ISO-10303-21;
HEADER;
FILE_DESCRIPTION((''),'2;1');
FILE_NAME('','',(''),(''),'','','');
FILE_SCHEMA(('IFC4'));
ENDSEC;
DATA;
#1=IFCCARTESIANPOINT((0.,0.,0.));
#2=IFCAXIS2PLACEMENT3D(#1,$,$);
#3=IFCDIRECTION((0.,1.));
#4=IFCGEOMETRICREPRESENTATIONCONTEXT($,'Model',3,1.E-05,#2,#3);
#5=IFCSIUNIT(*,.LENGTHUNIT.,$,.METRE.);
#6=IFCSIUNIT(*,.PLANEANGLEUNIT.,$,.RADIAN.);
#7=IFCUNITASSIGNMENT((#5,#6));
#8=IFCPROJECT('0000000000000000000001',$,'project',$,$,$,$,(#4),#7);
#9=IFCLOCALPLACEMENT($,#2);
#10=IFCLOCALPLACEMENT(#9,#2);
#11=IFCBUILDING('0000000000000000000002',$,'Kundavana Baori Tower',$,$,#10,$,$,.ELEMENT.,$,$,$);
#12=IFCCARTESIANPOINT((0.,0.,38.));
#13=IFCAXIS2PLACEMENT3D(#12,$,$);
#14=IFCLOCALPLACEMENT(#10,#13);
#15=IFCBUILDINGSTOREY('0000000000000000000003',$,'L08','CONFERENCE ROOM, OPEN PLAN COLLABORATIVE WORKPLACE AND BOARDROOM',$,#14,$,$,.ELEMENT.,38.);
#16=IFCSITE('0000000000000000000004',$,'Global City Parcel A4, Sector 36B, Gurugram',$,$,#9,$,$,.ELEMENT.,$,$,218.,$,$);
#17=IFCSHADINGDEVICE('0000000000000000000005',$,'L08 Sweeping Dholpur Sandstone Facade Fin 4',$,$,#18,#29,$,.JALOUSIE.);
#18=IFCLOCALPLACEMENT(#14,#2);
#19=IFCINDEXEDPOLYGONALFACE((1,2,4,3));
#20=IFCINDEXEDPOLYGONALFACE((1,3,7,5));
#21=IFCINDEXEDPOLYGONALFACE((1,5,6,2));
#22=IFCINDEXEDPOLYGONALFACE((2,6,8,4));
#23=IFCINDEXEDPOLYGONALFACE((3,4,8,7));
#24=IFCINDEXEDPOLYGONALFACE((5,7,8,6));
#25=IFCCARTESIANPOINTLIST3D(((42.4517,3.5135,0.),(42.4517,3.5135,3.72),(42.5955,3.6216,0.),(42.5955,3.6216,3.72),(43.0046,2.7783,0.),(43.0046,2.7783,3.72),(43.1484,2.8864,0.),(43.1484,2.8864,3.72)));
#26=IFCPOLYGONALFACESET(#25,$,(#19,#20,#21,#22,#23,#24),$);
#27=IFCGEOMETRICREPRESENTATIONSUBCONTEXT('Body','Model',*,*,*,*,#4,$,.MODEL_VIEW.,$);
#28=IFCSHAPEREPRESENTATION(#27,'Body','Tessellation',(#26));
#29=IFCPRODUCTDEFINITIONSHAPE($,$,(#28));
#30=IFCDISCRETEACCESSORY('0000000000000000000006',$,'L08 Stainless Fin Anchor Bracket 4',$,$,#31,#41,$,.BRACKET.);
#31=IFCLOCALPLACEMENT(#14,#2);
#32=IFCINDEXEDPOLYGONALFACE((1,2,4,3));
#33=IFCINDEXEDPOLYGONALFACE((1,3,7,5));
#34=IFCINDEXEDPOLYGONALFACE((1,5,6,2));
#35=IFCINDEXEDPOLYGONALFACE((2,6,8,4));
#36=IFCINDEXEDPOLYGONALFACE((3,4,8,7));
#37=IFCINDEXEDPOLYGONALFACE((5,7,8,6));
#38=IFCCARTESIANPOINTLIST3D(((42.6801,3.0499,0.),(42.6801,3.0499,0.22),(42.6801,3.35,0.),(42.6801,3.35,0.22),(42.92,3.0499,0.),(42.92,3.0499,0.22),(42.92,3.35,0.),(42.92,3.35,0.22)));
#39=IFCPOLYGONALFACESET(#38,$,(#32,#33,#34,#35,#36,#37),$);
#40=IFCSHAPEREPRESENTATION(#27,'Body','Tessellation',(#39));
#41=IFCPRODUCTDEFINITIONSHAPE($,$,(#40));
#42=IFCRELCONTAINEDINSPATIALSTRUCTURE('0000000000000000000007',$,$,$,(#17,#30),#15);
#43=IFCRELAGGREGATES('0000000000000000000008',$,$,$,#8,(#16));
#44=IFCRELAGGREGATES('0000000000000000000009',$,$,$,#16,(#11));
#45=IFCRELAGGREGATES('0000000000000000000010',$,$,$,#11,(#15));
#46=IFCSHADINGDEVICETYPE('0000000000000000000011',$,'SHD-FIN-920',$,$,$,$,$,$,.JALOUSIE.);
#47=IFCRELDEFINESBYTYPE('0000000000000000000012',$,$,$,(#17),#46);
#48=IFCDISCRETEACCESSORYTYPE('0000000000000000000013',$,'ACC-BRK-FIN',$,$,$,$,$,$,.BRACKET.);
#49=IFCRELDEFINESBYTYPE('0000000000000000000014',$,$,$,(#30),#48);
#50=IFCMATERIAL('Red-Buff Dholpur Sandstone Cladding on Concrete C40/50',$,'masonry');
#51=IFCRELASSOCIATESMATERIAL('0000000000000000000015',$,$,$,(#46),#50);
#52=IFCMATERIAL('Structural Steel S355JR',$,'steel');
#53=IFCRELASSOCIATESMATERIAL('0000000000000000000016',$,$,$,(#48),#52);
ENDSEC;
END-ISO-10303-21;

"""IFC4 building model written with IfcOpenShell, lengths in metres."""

from ifc_helpers import new_model, si_unit, direction, frame, origin, origin_2d, place, context, subcontext, project, spatial, rectangle, extrude, material, type_object, element, save


model = new_model("IFC4")

# Units and contexts
model_context = context("Model", 3, precision=1e-05, world=origin(), true_north=direction((0.0, 1.0)))
body_context = subcontext(model_context, "Body", "Model", "MODEL_VIEW")
ifc_project = project(units=[si_unit("LENGTHUNIT", "METRE"), si_unit("PLANEANGLEUNIT", "RADIAN")], contexts=[model_context])

# Site, building, storey
site_placement = place(None, origin())
site = spatial("IfcSite", under=ifc_project, at=site_placement, Name="Global City Parcel A4, Sector 36B, Gurugram", CompositionType="ELEMENT", RefElevation=218.0)
building_placement = place(site_placement, origin())
building = spatial("IfcBuilding", under=site, at=building_placement, Name="Kundavana Baori Tower", CompositionType="ELEMENT")
storey_placement = place(building_placement, frame((0.0, 0.0, 38.0)))
storey = spatial("IfcBuildingStorey", under=building, at=storey_placement, Name="L08", Description="CONFERENCE ROOM, OPEN PLAN COLLABORATIVE WORKPLACE AND BOARDROOM", CompositionType="ELEMENT", Elevation=38.0)

# Shading device
ifc_material_1 = material(Name="Red-Buff Dholpur Sandstone Cladding on Concrete C40/50", Category="masonry")
shading_device_type = type_object("IfcShadingDeviceType", Name="SHD-FIN-920", PredefinedType="JALOUSIE", material=ifc_material_1)
shading_device_placement = place(storey_placement, frame((42.8, 3.2, 0.0), z_axis=(0.0, 0.0, 1.0), x_axis=(0.799265, 0.600978, 0.0)))
element("IfcShadingDevice", 1, at=shading_device_placement, inside=storey, type_object=shading_device_type, Name="L08 Sweeping Dholpur Sandstone Facade Fin 4", PredefinedType="JALOUSIE", context=body_context, shape_type="SweptSolid", body=[
    extrude(rectangle(XDim=0.1799, YDim=0.9199, at=origin_2d()), origin(), (0.0, 0.0, 1.0), 3.72),
])

# Discrete accessory
ifc_material_2 = material(Name="Structural Steel S355JR", Category="steel")
discrete_accessory_type = type_object("IfcDiscreteAccessoryType", Name="ACC-BRK-FIN", PredefinedType="BRACKET", material=ifc_material_2)
discrete_accessory_placement = place(storey_placement, frame((42.8, 3.2, 0.0), z_axis=(0.0, 0.0, 1.0), x_axis=(1.0, 0.0, 0.0)))
element("IfcDiscreteAccessory", 2, at=discrete_accessory_placement, inside=storey, type_object=discrete_accessory_type, Name="L08 Stainless Fin Anchor Bracket 4", PredefinedType="BRACKET", context=body_context, shape_type="SweptSolid", body=[
    extrude(rectangle(XDim=0.24, YDim=0.3, at=origin_2d()), origin(), (0.0, 0.0, 1.0), 0.22),
])

save(model, "model.ifc")
